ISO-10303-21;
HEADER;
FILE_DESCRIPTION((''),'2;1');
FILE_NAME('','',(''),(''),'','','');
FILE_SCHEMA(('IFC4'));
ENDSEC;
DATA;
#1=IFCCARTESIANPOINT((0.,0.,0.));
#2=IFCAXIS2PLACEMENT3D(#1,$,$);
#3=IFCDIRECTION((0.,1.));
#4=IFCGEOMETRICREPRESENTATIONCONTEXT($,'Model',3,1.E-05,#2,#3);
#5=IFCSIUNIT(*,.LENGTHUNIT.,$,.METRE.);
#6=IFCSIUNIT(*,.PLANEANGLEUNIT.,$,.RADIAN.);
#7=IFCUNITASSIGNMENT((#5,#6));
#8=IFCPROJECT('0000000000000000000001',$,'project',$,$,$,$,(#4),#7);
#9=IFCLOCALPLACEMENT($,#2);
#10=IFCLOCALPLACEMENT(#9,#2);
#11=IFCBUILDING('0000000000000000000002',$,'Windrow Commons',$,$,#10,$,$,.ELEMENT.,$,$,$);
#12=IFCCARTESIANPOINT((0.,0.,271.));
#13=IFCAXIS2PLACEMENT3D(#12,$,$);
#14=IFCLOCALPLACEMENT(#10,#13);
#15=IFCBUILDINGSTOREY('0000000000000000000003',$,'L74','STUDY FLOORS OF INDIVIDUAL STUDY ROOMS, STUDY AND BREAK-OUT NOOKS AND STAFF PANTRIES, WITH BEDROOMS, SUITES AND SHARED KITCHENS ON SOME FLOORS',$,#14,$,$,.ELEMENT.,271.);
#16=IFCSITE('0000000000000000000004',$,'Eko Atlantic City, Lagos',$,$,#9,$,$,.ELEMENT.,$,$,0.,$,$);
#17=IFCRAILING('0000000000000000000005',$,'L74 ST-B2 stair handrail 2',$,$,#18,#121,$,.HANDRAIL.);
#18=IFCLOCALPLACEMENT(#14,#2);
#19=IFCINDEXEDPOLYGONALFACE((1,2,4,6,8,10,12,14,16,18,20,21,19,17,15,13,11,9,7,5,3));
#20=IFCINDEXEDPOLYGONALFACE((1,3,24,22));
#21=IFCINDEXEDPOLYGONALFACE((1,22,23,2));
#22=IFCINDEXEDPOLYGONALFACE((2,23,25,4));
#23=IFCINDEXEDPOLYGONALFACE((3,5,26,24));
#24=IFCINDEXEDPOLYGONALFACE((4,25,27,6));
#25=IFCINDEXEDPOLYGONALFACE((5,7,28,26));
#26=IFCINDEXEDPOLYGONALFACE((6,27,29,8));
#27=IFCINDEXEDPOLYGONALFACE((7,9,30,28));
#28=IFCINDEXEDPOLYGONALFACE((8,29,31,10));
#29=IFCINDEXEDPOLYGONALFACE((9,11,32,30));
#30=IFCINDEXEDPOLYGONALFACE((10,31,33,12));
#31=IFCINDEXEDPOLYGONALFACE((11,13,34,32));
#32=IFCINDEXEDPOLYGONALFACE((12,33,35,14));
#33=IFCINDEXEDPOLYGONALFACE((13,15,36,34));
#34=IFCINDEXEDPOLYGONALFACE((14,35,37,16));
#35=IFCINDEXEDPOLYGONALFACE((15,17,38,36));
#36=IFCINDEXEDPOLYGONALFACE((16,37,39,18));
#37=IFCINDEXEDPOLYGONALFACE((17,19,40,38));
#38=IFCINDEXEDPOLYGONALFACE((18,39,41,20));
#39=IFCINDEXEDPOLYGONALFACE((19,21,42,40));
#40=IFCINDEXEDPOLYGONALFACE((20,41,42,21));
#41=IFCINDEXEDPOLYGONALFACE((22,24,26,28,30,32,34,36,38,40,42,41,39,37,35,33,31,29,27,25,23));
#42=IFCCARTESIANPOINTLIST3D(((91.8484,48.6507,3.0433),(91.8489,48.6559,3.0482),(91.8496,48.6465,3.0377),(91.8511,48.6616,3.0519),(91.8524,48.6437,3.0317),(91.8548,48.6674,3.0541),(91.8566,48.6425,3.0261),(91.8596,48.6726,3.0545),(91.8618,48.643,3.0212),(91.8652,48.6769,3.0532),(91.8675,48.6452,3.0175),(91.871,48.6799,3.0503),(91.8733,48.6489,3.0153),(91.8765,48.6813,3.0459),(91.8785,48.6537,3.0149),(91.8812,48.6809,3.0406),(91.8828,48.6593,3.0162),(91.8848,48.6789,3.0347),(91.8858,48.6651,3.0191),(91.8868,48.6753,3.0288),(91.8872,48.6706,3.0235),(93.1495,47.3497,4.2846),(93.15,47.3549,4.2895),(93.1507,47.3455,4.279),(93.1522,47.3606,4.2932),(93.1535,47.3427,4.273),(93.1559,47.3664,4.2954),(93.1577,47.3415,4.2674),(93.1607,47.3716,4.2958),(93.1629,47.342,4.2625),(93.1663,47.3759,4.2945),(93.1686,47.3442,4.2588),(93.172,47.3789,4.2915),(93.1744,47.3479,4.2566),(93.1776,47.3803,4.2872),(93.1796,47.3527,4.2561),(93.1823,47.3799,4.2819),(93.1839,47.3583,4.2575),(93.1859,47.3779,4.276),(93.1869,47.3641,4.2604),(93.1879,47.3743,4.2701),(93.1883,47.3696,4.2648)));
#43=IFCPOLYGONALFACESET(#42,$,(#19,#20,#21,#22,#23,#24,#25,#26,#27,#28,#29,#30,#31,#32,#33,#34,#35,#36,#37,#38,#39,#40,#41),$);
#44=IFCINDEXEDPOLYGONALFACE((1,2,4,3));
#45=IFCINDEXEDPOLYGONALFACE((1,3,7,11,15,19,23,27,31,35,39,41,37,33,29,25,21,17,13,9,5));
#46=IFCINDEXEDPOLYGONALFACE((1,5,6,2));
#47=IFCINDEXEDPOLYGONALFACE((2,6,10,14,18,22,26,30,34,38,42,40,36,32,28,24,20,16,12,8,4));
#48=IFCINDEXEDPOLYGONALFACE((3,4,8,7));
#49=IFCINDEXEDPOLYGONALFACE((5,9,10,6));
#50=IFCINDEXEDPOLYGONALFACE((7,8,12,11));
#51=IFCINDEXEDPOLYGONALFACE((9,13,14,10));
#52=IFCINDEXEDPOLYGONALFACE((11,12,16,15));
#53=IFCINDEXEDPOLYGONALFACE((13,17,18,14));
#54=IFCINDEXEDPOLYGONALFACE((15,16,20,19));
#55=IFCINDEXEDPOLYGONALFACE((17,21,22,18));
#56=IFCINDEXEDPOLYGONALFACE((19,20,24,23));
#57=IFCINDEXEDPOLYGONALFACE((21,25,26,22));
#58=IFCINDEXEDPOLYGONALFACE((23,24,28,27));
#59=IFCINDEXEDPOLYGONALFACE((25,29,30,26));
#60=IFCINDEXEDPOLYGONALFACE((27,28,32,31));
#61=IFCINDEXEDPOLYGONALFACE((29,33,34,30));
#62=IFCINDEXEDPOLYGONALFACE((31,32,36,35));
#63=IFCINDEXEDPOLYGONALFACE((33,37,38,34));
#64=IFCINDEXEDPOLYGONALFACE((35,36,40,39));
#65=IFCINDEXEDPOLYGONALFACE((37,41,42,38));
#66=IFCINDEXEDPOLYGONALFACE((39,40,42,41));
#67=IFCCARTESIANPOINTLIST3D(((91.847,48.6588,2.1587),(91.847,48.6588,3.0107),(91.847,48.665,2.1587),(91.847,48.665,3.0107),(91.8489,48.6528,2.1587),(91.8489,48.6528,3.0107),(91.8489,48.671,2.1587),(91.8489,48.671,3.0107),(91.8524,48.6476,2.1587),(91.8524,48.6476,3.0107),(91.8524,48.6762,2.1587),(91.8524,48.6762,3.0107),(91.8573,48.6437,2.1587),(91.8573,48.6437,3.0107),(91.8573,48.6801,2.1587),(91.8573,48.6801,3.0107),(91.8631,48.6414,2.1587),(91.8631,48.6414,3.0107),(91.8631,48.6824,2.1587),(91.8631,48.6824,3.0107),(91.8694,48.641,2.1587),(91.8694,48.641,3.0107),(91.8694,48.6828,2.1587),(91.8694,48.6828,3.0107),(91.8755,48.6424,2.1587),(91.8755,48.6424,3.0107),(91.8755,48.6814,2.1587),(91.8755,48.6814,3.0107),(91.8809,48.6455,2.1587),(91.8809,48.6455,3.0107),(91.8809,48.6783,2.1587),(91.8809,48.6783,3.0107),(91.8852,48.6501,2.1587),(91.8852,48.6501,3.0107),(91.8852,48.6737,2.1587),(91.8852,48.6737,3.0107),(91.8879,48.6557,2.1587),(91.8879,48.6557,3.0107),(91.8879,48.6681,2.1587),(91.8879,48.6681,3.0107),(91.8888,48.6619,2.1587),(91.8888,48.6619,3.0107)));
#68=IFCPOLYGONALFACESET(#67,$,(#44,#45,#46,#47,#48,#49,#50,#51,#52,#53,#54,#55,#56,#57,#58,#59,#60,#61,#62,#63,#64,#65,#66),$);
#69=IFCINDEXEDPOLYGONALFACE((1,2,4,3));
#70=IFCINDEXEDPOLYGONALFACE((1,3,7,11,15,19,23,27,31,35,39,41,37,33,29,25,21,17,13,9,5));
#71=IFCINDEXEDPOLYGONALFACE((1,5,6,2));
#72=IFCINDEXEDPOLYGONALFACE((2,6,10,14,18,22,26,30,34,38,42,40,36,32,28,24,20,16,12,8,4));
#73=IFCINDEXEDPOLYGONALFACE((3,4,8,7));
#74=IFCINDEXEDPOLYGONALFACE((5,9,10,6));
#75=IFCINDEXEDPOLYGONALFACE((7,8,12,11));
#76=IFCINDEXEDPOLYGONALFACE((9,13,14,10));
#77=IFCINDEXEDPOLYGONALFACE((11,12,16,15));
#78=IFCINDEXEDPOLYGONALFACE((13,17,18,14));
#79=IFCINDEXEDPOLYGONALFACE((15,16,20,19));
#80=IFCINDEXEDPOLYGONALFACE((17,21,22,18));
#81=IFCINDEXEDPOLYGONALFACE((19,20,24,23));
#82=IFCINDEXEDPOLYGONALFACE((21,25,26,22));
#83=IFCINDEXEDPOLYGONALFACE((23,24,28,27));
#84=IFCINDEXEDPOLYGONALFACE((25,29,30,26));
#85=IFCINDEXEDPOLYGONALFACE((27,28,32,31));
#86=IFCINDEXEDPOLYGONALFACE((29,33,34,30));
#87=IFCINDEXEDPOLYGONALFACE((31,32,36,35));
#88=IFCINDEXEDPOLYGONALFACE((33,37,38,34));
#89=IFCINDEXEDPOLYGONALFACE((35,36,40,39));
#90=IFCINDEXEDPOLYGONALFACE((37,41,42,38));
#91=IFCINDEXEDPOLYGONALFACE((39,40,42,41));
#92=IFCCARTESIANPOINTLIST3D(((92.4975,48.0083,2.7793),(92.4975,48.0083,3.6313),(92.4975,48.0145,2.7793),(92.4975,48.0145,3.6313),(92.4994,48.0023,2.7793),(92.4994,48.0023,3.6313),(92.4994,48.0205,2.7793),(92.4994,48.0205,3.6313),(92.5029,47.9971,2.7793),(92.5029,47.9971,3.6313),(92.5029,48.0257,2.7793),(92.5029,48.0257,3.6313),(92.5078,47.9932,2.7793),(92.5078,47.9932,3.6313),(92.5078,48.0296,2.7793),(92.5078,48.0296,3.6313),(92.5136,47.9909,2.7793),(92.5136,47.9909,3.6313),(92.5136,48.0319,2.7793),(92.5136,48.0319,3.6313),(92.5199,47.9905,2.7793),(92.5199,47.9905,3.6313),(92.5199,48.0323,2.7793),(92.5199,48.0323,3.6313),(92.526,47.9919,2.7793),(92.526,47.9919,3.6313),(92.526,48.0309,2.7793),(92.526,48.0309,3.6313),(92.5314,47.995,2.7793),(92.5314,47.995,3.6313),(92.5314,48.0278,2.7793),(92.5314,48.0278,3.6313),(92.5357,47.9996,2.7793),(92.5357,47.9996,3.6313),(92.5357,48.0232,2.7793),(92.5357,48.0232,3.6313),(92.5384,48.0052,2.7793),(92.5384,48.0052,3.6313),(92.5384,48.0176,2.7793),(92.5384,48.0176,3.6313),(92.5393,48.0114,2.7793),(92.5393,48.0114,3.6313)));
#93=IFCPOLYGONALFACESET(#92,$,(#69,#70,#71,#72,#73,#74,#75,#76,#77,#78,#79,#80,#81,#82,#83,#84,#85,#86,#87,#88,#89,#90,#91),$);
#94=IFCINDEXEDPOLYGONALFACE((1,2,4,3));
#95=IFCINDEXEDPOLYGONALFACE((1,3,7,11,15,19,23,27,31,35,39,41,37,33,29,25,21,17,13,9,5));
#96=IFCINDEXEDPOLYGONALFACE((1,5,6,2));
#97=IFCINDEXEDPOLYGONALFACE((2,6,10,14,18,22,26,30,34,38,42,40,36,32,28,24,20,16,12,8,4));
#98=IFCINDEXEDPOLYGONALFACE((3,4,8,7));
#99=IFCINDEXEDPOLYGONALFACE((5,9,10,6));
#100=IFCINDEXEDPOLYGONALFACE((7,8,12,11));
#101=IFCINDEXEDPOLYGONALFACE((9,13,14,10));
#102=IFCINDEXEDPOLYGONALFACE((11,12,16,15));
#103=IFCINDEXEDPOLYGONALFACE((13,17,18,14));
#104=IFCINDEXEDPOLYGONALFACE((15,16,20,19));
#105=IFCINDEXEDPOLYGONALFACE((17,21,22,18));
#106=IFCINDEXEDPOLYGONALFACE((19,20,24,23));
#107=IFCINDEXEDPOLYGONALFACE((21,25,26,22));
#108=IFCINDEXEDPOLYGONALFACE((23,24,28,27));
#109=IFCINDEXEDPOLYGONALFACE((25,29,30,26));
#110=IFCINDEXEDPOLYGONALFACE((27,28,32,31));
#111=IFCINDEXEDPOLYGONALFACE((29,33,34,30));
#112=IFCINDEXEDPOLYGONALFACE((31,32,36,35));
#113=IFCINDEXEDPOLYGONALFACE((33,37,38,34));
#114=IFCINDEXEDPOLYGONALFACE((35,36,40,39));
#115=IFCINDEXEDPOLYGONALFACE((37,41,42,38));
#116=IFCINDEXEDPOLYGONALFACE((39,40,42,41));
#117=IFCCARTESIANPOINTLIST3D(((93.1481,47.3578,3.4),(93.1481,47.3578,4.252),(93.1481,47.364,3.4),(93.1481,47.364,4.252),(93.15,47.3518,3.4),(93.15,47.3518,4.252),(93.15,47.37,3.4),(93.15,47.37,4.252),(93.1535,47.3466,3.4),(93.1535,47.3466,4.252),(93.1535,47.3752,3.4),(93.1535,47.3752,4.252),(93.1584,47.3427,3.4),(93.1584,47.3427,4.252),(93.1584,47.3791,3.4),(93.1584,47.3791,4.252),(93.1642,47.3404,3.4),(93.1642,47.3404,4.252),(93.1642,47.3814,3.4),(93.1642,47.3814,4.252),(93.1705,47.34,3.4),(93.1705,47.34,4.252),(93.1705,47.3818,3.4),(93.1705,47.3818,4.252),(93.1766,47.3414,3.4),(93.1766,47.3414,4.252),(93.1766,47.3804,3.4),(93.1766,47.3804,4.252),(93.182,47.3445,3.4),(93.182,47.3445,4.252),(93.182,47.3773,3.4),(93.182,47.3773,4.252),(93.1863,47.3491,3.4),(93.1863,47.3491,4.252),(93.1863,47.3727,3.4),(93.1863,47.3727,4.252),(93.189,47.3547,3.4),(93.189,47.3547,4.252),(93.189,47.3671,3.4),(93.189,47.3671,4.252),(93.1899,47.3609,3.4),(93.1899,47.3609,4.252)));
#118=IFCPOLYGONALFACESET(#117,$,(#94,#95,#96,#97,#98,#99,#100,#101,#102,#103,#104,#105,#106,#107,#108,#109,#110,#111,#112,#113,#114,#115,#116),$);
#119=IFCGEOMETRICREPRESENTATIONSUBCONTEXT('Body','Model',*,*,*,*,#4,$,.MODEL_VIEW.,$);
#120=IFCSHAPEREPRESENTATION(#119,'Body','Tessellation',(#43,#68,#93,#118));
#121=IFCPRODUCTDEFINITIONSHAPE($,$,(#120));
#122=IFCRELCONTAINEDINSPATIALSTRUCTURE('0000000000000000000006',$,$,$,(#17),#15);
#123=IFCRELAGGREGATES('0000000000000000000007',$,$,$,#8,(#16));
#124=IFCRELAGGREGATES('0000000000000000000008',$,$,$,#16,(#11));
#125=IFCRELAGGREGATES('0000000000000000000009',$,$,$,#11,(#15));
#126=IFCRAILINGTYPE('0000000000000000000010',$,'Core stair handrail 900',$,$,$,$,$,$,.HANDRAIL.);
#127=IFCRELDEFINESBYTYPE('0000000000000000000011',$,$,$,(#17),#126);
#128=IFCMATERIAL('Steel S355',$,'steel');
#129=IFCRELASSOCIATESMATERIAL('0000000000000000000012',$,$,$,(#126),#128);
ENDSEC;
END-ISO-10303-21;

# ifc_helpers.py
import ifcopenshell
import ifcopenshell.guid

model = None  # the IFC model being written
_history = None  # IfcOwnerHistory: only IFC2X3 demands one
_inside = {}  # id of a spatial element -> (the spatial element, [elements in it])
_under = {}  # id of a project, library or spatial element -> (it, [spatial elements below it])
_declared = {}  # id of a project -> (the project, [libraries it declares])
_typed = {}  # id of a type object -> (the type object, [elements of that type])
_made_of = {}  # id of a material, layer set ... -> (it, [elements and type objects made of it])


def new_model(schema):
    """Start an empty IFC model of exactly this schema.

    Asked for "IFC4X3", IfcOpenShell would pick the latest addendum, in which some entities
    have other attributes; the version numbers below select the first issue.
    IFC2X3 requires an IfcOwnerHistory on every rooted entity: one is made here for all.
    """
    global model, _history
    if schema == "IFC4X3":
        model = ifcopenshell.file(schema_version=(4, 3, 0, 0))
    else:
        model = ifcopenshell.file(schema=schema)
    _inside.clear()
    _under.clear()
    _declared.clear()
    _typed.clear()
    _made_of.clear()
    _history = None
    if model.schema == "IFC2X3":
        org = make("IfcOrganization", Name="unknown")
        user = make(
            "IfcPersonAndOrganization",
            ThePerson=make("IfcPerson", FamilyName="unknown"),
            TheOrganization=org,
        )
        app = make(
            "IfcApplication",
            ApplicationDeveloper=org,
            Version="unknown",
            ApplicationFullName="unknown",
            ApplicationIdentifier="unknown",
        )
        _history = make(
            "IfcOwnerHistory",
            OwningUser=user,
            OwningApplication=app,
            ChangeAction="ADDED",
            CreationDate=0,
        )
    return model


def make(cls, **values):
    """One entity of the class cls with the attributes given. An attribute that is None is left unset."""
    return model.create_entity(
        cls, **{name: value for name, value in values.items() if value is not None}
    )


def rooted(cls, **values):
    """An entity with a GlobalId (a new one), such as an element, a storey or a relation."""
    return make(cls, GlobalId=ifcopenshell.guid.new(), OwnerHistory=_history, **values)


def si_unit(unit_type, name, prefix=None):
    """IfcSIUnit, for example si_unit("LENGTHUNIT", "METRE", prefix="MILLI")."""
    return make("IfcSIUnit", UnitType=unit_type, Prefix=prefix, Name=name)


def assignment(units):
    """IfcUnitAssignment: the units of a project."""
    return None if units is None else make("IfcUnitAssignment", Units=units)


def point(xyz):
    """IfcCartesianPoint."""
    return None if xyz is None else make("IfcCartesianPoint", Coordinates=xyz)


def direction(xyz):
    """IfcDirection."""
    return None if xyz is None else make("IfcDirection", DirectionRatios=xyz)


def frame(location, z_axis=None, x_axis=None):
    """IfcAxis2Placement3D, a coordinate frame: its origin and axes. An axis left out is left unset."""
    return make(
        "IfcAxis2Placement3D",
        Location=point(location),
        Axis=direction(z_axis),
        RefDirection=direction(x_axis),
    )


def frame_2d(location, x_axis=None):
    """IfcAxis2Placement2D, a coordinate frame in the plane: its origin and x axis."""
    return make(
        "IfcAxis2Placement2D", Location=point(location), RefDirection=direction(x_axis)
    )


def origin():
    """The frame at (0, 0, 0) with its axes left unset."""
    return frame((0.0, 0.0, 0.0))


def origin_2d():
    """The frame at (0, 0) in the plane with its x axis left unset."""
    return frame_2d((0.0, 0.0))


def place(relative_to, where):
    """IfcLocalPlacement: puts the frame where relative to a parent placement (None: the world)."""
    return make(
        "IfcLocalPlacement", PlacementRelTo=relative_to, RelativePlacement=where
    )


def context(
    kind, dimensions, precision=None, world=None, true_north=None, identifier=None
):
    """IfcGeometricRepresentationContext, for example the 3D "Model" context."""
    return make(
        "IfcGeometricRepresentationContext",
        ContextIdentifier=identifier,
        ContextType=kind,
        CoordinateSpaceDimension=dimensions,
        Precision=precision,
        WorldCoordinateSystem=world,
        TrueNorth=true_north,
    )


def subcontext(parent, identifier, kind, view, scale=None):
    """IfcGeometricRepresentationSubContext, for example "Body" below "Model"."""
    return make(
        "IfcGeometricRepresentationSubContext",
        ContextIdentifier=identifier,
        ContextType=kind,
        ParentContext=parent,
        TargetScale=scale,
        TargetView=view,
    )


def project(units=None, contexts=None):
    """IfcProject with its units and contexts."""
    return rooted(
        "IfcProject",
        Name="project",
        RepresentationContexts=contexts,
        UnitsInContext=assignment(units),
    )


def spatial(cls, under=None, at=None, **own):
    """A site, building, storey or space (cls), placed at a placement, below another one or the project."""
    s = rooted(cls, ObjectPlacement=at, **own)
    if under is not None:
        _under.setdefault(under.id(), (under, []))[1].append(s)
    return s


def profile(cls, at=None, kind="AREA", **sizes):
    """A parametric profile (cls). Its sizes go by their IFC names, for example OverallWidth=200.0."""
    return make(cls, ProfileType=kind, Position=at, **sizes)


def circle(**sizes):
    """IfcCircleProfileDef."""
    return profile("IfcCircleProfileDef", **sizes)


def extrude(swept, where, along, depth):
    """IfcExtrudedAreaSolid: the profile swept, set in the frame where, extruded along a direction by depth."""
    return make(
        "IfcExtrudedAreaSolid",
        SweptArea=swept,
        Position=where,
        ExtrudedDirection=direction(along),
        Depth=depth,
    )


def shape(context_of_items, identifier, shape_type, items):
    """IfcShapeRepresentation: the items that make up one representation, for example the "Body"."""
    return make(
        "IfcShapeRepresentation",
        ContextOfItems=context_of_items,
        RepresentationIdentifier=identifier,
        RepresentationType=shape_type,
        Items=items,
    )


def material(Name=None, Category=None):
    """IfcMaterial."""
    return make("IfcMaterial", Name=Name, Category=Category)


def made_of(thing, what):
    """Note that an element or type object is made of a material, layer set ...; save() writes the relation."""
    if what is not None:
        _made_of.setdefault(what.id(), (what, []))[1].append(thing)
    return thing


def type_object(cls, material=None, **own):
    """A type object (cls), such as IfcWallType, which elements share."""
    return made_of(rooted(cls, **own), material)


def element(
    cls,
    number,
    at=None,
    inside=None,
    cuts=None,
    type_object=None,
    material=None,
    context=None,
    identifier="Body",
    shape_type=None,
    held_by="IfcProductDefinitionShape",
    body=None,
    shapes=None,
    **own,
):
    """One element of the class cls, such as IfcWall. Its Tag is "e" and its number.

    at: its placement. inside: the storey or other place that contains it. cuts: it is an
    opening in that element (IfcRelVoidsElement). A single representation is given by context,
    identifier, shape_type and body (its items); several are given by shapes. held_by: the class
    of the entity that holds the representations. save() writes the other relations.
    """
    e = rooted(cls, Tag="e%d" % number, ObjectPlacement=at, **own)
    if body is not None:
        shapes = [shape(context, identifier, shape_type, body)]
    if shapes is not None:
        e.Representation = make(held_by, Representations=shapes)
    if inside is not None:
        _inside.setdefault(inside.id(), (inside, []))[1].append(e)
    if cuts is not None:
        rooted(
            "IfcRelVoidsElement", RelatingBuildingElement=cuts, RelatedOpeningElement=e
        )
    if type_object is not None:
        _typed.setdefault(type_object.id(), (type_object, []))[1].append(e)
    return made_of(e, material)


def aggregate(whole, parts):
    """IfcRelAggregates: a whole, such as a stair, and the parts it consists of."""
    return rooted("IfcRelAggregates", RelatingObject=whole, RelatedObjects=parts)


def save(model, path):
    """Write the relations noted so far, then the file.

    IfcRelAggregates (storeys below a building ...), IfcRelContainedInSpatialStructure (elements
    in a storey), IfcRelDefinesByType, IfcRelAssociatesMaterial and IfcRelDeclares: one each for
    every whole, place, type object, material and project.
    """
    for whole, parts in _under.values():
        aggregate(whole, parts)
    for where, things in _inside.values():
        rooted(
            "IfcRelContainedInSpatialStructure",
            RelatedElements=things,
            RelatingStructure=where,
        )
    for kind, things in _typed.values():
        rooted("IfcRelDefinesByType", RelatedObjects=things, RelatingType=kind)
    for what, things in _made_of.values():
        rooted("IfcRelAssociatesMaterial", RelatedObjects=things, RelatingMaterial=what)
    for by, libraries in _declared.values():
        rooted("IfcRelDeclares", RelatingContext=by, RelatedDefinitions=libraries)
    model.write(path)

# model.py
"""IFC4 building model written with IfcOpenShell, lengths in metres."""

from ifc_helpers import new_model, si_unit, direction, frame, origin, origin_2d, place, context, subcontext, project, spatial, circle, extrude, material, type_object, element, save


model = new_model("IFC4")

# Units and contexts
model_context = context("Model", 3, precision=1e-05, world=origin(), true_north=direction((0.0, 1.0)))
body_context = subcontext(model_context, "Body", "Model", "MODEL_VIEW")
ifc_project = project(units=[si_unit("LENGTHUNIT", "METRE"), si_unit("PLANEANGLEUNIT", "RADIAN")], contexts=[model_context])

# Site, building, storey
site_placement = place(None, origin())
site = spatial("IfcSite", under=ifc_project, at=site_placement, Name="Eko Atlantic City, Lagos", CompositionType="ELEMENT", RefElevation=0.0)
building_placement = place(site_placement, origin())
building = spatial("IfcBuilding", under=site, at=building_placement, Name="Windrow Commons", CompositionType="ELEMENT")
storey_placement = place(building_placement, frame((0.0, 0.0, 271.0)))
storey = spatial("IfcBuildingStorey", under=building, at=storey_placement, Name="L74", Description="STUDY FLOORS OF INDIVIDUAL STUDY ROOMS, STUDY AND BREAK-OUT NOOKS AND STAFF PANTRIES, WITH BEDROOMS, SUITES AND SHARED KITCHENS ON SOME FLOORS", CompositionType="ELEMENT", Elevation=271.0)

# Railing
ifc_material_1 = material(Name="Steel S355", Category="steel")
railing_type_1 = type_object("IfcRailingType", Name="Core stair handrail 900", PredefinedType="HANDRAIL", material=ifc_material_1)
railing_1_placement = place(storey_placement, frame((91.8678, 48.6619, 2.1587)))
element("IfcRailing", 1, at=railing_1_placement, inside=storey, type_object=railing_type_1, Name="L74 ST-B2 stair handrail 2", PredefinedType="HANDRAIL", context=body_context, shape_type="SweptSolid", body=[
    extrude(circle(Radius=0.024, at=origin_2d()), frame((0.0, 0.0, 0.876), z_axis=(0.586207, -0.586162, 0.559264), x_axis=(0.70708, 0.707134, 0.0)), (0.0, 0.0, 1.0), 2.2195),
    extrude(circle(Radius=0.021, at=origin_2d()), origin(), (0.0, 0.0, 1.0), 0.852),
    extrude(circle(Radius=0.021, at=origin_2d()), frame((0.6505, -0.6505, 0.6206)), (0.0, 0.0, 1.0), 0.852),
    extrude(circle(Radius=0.021, at=origin_2d()), frame((1.3011, -1.301, 1.2413)), (0.0, 0.0, 1.0), 0.852),
])

save(model, "model.ifc")
